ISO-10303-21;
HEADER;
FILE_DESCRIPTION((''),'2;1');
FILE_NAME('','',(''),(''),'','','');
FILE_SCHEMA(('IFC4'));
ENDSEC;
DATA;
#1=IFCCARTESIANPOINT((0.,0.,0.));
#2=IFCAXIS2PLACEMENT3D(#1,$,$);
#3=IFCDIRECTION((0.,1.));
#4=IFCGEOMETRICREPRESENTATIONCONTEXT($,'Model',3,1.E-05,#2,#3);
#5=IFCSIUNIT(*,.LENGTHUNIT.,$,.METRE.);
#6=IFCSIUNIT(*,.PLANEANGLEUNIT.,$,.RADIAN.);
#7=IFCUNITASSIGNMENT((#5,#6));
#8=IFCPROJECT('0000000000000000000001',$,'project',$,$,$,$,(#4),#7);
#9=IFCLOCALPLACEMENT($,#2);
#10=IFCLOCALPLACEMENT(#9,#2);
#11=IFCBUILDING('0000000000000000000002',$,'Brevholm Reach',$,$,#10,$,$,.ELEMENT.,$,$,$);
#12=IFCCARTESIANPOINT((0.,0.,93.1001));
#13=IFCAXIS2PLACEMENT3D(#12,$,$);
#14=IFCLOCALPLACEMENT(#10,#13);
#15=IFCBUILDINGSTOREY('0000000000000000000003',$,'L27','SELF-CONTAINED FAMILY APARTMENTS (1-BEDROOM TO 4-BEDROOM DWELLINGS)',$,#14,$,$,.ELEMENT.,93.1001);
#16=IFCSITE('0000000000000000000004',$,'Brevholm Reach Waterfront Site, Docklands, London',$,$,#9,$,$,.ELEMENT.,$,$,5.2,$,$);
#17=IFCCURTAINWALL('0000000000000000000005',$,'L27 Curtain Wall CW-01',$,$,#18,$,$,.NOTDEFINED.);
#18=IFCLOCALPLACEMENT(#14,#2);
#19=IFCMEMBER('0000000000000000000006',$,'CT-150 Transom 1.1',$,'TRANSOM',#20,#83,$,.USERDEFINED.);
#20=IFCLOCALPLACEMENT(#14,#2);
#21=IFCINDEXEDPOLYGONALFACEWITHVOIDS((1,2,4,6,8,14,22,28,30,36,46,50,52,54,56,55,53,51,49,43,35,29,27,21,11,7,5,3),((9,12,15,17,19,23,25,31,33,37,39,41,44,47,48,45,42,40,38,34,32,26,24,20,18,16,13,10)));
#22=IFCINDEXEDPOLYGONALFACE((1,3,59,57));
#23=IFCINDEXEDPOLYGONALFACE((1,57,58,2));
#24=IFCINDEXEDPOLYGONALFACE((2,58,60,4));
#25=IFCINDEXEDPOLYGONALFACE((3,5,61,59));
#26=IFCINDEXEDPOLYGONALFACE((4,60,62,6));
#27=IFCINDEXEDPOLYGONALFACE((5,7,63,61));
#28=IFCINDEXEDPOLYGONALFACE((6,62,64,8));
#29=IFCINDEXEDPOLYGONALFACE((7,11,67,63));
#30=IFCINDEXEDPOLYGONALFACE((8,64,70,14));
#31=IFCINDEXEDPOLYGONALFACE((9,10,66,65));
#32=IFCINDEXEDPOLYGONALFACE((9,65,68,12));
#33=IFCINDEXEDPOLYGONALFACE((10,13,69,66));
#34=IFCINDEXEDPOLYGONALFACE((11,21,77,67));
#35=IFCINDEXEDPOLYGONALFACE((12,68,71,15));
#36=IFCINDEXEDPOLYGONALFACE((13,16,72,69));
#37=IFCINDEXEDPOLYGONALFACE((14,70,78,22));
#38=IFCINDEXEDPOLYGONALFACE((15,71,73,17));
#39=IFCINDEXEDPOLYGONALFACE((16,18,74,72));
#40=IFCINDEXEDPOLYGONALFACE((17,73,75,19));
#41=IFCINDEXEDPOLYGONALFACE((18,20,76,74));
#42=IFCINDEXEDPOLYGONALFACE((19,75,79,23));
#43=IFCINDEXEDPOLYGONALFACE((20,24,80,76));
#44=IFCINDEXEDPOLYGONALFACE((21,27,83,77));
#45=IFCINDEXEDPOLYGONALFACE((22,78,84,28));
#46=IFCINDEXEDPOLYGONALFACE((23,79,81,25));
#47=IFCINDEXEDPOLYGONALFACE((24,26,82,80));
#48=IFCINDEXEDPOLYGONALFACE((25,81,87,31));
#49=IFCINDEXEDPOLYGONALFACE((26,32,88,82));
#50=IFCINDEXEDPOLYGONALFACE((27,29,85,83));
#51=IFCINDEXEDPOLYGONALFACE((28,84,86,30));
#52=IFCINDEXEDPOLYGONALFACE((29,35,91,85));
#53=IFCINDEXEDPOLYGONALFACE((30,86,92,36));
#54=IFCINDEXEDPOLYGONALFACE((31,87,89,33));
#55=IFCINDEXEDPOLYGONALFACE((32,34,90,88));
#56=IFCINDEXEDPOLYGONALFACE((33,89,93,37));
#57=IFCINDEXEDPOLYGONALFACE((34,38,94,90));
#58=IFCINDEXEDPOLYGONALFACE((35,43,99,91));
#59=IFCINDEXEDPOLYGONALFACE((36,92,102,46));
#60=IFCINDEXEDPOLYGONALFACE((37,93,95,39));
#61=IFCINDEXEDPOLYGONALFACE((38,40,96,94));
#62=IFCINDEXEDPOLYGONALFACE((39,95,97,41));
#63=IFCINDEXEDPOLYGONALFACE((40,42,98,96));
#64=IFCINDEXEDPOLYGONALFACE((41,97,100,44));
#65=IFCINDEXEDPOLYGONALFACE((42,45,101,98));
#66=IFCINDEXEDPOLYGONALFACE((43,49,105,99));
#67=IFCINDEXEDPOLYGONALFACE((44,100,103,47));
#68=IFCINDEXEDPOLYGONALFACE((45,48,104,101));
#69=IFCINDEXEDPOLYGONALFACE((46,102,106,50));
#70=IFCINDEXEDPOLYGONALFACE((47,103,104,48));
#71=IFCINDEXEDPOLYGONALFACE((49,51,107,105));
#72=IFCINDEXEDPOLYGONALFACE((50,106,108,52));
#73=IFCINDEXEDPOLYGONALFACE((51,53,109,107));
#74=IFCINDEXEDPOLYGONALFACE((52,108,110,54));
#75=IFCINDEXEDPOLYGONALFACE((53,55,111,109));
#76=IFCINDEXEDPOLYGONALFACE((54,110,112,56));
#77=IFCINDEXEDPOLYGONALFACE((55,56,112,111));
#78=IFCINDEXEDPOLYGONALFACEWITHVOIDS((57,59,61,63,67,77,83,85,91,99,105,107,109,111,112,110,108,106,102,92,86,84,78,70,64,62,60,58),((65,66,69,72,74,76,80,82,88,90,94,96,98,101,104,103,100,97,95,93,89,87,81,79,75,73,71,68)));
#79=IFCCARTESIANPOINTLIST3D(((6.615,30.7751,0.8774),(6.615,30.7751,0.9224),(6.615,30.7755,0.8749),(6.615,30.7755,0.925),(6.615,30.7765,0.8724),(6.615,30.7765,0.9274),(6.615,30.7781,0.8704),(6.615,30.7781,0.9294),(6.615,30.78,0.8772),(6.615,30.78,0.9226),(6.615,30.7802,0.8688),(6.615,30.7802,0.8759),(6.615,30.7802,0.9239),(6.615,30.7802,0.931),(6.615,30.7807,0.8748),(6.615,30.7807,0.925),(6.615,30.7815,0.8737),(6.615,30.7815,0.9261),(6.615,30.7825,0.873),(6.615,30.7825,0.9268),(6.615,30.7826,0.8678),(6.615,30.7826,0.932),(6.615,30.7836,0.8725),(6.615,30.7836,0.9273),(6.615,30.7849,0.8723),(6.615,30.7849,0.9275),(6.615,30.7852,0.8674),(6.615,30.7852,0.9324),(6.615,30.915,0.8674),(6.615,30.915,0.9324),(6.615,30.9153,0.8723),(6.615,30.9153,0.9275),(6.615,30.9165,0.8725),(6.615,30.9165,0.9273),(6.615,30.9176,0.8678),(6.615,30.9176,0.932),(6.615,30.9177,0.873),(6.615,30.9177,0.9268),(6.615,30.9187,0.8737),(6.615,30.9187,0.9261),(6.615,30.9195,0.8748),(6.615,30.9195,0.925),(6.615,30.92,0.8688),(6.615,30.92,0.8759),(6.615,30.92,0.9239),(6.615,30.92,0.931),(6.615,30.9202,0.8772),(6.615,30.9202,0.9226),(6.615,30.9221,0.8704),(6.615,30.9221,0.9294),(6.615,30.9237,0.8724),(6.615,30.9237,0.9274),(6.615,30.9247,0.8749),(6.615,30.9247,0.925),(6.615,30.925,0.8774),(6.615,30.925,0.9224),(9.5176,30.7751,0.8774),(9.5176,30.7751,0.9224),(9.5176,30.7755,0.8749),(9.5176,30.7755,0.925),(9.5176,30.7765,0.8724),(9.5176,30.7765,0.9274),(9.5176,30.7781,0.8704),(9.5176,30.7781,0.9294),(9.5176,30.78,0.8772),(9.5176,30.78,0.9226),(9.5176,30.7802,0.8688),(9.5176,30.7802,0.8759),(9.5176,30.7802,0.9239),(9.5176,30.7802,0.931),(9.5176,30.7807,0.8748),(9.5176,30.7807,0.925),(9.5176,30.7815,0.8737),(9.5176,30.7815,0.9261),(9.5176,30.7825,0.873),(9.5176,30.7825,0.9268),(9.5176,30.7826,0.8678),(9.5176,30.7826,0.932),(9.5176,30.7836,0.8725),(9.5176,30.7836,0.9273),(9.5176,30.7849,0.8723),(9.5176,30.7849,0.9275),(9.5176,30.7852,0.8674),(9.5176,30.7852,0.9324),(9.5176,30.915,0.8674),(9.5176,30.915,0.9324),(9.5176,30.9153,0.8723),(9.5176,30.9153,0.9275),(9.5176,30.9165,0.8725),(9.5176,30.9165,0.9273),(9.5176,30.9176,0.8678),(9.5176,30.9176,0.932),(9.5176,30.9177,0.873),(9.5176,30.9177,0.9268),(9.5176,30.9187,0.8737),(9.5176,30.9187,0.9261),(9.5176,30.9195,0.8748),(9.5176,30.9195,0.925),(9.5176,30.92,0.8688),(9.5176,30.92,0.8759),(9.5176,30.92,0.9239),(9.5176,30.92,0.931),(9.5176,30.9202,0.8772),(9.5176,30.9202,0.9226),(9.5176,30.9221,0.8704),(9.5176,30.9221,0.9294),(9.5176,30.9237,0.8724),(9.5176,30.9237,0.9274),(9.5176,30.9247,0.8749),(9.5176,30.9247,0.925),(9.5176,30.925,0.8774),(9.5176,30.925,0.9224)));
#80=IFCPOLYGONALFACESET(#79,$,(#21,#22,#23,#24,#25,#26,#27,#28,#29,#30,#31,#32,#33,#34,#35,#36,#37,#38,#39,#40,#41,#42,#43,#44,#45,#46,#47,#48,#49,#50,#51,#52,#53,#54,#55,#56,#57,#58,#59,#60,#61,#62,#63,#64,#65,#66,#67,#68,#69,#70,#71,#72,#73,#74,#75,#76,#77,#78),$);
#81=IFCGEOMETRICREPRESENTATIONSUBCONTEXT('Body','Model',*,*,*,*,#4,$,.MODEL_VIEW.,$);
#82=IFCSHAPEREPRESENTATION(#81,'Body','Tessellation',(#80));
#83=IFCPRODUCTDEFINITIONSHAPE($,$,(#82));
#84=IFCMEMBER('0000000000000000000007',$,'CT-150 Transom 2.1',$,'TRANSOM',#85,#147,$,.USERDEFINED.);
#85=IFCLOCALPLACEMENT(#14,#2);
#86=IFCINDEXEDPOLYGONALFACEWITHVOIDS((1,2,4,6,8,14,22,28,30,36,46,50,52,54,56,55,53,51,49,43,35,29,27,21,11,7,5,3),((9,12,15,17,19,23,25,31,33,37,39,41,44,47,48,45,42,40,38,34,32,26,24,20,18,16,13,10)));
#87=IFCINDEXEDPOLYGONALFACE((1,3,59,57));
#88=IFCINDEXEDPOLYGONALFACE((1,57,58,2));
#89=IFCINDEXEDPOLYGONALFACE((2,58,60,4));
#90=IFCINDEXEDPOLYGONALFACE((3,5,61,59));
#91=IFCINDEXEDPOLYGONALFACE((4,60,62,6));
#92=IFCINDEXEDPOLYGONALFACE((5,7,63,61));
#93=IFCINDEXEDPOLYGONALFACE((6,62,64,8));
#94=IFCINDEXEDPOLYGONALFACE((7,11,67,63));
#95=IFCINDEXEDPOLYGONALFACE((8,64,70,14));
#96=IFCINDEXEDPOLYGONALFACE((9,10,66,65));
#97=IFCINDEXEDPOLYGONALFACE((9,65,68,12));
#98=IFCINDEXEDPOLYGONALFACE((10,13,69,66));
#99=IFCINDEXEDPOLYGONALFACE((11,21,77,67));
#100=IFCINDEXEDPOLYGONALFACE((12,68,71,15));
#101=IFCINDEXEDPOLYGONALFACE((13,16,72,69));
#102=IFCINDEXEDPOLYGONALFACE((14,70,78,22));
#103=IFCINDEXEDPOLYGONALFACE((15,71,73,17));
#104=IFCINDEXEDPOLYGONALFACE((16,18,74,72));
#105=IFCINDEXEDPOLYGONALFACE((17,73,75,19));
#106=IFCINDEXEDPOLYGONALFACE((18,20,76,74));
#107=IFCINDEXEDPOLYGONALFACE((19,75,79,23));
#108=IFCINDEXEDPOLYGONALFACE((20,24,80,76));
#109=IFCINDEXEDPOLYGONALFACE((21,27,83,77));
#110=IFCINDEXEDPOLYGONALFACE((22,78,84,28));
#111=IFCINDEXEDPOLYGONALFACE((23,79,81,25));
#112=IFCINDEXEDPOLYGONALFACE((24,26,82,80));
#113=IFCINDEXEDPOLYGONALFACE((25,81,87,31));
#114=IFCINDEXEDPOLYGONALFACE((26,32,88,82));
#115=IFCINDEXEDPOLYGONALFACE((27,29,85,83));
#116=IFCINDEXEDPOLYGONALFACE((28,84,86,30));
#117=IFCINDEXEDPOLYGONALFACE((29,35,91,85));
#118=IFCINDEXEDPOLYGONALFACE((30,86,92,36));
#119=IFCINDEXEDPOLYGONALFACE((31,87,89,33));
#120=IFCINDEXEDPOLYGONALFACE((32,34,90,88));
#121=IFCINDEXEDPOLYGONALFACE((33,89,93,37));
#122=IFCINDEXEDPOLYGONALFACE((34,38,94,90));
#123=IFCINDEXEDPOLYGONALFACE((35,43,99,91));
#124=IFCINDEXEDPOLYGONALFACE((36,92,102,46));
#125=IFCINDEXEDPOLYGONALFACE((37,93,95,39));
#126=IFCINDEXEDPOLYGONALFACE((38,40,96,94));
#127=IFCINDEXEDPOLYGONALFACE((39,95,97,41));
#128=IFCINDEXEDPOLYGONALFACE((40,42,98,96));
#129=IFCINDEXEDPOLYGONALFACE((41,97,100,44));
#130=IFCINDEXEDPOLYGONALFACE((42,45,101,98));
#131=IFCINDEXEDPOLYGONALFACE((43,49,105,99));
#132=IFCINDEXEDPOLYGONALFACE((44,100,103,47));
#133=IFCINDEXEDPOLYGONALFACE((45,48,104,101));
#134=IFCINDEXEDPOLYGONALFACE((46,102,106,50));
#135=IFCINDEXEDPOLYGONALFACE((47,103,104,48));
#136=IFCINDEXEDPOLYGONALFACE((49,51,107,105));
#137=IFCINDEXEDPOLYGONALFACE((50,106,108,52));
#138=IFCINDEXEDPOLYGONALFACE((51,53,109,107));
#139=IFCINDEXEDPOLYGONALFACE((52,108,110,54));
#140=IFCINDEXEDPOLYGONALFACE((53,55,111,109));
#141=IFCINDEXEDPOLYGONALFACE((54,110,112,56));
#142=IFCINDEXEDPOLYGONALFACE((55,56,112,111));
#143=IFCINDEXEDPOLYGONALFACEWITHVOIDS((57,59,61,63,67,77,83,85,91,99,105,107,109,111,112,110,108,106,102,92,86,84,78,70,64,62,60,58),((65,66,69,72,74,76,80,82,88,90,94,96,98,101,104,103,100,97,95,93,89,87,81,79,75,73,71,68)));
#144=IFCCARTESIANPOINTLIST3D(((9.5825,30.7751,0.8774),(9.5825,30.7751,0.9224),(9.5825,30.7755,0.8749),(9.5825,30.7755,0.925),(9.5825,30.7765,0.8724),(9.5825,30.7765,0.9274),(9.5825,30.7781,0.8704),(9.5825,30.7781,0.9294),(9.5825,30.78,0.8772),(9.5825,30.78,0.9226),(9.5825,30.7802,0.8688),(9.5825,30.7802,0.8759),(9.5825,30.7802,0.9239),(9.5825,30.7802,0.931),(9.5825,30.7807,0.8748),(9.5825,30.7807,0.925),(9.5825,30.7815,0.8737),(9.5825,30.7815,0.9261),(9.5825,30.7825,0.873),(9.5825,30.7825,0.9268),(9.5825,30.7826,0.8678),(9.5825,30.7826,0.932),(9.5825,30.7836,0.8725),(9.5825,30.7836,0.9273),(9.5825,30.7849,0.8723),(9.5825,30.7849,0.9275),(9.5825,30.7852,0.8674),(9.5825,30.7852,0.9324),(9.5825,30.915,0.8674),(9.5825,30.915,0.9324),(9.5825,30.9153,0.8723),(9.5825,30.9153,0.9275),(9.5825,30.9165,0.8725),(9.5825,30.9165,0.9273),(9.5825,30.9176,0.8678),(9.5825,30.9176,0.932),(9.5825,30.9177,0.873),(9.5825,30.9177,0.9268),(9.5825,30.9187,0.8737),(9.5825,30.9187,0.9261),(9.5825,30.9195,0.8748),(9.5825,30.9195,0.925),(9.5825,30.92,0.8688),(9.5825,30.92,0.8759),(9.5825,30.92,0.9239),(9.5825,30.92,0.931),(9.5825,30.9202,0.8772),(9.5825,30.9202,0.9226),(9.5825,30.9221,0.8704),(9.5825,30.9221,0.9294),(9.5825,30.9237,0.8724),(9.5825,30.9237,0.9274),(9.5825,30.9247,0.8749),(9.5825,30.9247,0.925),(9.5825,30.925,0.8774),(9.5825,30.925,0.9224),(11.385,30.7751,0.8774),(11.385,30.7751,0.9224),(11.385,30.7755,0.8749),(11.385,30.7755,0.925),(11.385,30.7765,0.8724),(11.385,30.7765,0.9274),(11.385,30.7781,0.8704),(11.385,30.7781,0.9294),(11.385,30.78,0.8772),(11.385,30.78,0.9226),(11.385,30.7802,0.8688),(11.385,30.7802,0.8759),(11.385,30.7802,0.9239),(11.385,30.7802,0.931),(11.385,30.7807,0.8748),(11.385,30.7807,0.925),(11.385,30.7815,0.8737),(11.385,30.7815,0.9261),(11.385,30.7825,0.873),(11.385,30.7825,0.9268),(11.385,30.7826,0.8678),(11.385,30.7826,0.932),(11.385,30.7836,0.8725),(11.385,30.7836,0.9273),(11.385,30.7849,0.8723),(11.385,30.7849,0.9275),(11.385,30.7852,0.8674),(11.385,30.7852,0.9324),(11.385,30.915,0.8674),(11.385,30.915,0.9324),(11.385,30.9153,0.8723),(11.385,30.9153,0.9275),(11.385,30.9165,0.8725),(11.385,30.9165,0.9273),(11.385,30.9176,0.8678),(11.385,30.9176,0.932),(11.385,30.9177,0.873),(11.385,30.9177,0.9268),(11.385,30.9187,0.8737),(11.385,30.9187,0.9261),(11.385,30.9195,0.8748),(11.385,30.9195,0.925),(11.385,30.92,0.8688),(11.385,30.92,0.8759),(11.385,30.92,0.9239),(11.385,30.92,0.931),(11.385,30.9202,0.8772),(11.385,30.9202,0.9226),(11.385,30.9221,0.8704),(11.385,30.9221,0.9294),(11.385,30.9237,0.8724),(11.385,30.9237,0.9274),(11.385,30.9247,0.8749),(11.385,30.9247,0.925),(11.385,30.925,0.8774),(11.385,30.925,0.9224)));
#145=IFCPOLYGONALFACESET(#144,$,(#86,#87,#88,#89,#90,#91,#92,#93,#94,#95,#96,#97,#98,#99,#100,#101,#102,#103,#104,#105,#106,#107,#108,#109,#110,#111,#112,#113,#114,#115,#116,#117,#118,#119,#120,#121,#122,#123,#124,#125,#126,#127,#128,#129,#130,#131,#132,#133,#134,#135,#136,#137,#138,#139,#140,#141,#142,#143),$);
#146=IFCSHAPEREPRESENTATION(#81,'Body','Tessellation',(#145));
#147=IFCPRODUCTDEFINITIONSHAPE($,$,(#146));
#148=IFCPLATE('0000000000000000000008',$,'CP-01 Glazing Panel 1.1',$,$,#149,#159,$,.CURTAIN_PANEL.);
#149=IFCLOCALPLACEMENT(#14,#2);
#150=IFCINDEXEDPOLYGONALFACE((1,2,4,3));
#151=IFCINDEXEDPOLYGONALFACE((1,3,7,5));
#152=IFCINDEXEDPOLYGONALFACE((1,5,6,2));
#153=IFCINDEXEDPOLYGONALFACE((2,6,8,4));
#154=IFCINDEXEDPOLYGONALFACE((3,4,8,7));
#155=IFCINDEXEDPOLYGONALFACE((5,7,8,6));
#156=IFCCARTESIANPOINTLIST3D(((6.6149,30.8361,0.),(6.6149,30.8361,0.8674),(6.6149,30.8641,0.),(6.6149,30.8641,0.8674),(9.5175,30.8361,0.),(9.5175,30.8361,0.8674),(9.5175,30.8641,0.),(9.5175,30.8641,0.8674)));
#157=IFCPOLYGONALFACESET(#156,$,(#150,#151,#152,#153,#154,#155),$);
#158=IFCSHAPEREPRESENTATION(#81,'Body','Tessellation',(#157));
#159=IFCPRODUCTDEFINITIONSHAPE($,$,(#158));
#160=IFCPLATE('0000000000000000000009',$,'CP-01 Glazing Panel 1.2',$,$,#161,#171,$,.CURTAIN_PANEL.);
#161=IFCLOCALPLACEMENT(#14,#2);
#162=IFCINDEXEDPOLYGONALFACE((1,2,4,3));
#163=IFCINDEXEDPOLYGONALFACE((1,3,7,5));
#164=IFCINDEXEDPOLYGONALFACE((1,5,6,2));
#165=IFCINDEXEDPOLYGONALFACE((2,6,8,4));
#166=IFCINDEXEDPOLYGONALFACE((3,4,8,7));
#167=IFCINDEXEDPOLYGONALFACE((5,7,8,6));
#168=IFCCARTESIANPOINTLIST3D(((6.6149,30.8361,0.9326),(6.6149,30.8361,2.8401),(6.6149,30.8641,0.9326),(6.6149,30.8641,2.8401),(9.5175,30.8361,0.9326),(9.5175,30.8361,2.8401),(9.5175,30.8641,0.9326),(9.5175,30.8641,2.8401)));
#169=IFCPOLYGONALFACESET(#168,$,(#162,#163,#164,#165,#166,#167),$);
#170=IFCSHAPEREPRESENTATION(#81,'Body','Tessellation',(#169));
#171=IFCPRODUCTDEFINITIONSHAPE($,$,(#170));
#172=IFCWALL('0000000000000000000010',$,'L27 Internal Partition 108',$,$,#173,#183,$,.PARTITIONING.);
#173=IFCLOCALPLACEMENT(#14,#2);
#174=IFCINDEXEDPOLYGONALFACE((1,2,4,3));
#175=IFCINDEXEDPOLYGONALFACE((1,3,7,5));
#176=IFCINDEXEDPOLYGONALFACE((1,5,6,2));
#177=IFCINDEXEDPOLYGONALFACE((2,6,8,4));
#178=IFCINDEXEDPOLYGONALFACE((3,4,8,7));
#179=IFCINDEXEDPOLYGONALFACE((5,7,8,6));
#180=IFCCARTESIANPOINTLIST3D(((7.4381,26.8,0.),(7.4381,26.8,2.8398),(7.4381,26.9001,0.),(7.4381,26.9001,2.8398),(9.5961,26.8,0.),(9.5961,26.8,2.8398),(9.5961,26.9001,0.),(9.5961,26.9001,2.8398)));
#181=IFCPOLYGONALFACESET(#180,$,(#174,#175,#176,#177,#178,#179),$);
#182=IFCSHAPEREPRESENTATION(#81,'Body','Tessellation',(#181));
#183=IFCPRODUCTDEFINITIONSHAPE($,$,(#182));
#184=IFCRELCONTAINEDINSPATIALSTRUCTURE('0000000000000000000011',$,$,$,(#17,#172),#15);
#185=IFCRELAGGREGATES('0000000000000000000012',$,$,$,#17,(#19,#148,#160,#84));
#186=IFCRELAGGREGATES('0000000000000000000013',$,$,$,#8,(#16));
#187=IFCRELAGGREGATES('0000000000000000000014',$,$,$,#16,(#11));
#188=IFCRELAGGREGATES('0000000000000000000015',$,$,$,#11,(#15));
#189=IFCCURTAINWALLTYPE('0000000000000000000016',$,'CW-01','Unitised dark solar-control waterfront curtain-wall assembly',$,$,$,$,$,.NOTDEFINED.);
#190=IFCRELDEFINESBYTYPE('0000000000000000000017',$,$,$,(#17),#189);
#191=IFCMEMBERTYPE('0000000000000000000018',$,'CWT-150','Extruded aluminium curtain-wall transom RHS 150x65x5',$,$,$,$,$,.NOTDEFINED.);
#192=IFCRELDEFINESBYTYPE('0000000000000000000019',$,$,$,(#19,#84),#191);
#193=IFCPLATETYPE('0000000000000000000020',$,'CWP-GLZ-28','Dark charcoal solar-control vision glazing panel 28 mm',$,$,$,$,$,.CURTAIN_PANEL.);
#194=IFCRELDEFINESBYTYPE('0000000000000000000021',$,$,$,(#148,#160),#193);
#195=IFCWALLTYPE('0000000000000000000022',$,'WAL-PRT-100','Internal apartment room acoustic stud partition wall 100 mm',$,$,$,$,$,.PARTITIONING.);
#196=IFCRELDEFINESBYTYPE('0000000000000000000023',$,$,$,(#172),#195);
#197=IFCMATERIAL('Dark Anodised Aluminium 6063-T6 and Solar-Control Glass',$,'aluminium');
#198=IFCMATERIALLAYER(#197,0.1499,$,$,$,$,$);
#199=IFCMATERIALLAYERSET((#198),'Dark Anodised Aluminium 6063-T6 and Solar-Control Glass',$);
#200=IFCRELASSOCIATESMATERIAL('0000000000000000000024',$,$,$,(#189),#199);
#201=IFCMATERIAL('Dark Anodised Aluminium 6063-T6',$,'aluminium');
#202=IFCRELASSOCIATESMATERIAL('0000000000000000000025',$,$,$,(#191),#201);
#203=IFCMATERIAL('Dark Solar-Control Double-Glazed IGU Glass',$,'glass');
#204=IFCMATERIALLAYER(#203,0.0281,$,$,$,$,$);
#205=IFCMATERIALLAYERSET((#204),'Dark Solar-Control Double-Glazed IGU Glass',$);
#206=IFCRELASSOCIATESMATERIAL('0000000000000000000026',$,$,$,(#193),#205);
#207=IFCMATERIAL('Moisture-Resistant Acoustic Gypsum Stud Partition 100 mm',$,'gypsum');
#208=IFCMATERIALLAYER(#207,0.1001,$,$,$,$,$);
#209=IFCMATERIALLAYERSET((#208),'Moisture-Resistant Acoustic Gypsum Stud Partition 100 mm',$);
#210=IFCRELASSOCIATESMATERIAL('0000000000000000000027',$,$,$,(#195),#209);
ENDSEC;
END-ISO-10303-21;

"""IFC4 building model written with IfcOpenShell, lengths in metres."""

from ifc_helpers import new_model, si_unit, direction, frame, frame_2d, origin, origin_2d, place, context, subcontext, project, spatial, rectangle, hollow_rectangle, extrude, material, layer, layer_set, material_profile, profile_set, type_object, element, aggregate, save


model = new_model("IFC4")

# Units and contexts
model_context = context("Model", 3, precision=1e-05, world=origin(), true_north=direction((0.0, 1.0)))
body_context = subcontext(model_context, "Body", "Model", "MODEL_VIEW")
ifc_project = project(units=[si_unit("LENGTHUNIT", "METRE"), si_unit("PLANEANGLEUNIT", "RADIAN")], contexts=[model_context])

# Site, building, storey
site_placement = place(None, origin())
site = spatial("IfcSite", under=ifc_project, at=site_placement, Name="Brevholm Reach Waterfront Site, Docklands, London", CompositionType="ELEMENT", RefElevation=5.2)
building_placement = place(site_placement, origin())
building = spatial("IfcBuilding", under=site, at=building_placement, Name="Brevholm Reach", CompositionType="ELEMENT")
storey_placement = place(building_placement, frame((0.0, 0.0, 93.1001)))
storey = spatial("IfcBuildingStorey", under=building, at=storey_placement, Name="L27", Description="SELF-CONTAINED FAMILY APARTMENTS (1-BEDROOM TO 4-BEDROOM DWELLINGS)", CompositionType="ELEMENT", Elevation=93.1001)

# Curtain wall, members, plates
ifc_material_1 = material(Name="Dark Anodised Aluminium 6063-T6 and Solar-Control Glass", Category="aluminium")
ifc_layer_1 = layer(ifc_material_1, 0.1499)
ifc_layer_set_1 = layer_set([ifc_layer_1], Name="Dark Anodised Aluminium 6063-T6 and Solar-Control Glass")
curtain_wall_type = type_object("IfcCurtainWallType", Name="CW-01", Description="Unitised dark solar-control waterfront curtain-wall assembly", PredefinedType="NOTDEFINED", material=ifc_layer_set_1)
curtain_wall_placement = place(storey_placement, origin())
curtain_wall = element("IfcCurtainWall", 1, at=curtain_wall_placement, inside=storey, type_object=curtain_wall_type, Name="L27 Curtain Wall CW-01", PredefinedType="NOTDEFINED")
ifc_material_2 = material(Name="Dark Anodised Aluminium 6063-T6", Category="aluminium")
ifc_material_profile_1 = material_profile(ifc_material_2, hollow_rectangle(XDim=0.0649, YDim=0.1499, WallThickness=0.0049, InnerFilletRadius=0.0049, OuterFilletRadius=0.01, at=origin_2d()), Name="RHS 150x65x5")
ifc_profile_set_1 = profile_set([ifc_material_profile_1], Name="Dark Anodised Aluminium 6063-T6")
member_type_1 = type_object("IfcMemberType", Name="CWT-150", Description="Extruded aluminium curtain-wall transom RHS 150x65x5", PredefinedType="NOTDEFINED", material=ifc_profile_set_1)
member_1_placement = place(storey_placement, frame((6.615, 30.8501, 0.8999), z_axis=(1.0, 0.0, 0.0), x_axis=(0.0, 0.0, 1.0)))
member_1 = element("IfcMember", 2, at=member_1_placement, type_object=member_type_1, Name="CT-150 Transom 1.1", ObjectType="TRANSOM", PredefinedType="USERDEFINED", context=body_context, shape_type="SweptSolid", body=[
    extrude(hollow_rectangle(XDim=0.0649, YDim=0.1499, WallThickness=0.0049, InnerFilletRadius=0.0049, OuterFilletRadius=0.01, at=origin_2d()), origin(), (0.0, 0.0, 1.0), 2.9026),
])
member_2_placement = place(storey_placement, frame((9.5825, 30.8501, 0.8999), z_axis=(1.0, 0.0, 0.0), x_axis=(0.0, 0.0, 1.0)))
member_2 = element("IfcMember", 3, at=member_2_placement, type_object=member_type_1, Name="CT-150 Transom 2.1", ObjectType="TRANSOM", PredefinedType="USERDEFINED", context=body_context, shape_type="SweptSolid", body=[
    extrude(hollow_rectangle(XDim=0.0649, YDim=0.1499, WallThickness=0.0049, InnerFilletRadius=0.0049, OuterFilletRadius=0.01, at=origin_2d()), origin(), (0.0, 0.0, 1.0), 1.8025),
])
ifc_material_3 = material(Name="Dark Solar-Control Double-Glazed IGU Glass", Category="glass")
ifc_layer_2 = layer(ifc_material_3, 0.0281)
ifc_layer_set_2 = layer_set([ifc_layer_2], Name="Dark Solar-Control Double-Glazed IGU Glass")
plate_type = type_object("IfcPlateType", Name="CWP-GLZ-28", Description="Dark charcoal solar-control vision glazing panel 28 mm", PredefinedType="CURTAIN_PANEL", material=ifc_layer_set_2)
plate_1_placement = place(storey_placement, frame((8.0662, 30.8501, 0.0), z_axis=(0.0, 0.0, 1.0), x_axis=(1.0, 0.0, 0.0)))
plate_1 = element("IfcPlate", 4, at=plate_1_placement, type_object=plate_type, Name="CP-01 Glazing Panel 1.1", PredefinedType="CURTAIN_PANEL", context=body_context, shape_type="SweptSolid", body=[
    extrude(rectangle(XDim=2.9026, YDim=0.0281, at=origin_2d()), origin(), (0.0, 0.0, 1.0), 0.8674),
])
plate_2_placement = place(storey_placement, frame((8.0662, 30.8501, 0.9326), z_axis=(0.0, 0.0, 1.0), x_axis=(1.0, 0.0, 0.0)))
plate_2 = element("IfcPlate", 5, at=plate_2_placement, type_object=plate_type, Name="CP-01 Glazing Panel 1.2", PredefinedType="CURTAIN_PANEL", context=body_context, shape_type="SweptSolid", body=[
    extrude(rectangle(XDim=2.9026, YDim=0.0281, at=origin_2d()), origin(), (0.0, 0.0, 1.0), 1.9075),
])
aggregate(curtain_wall, [member_1, plate_1, plate_2, member_2])

# Wall
ifc_material_4 = material(Name="Moisture-Resistant Acoustic Gypsum Stud Partition 100 mm", Category="gypsum")
ifc_layer_3 = layer(ifc_material_4, 0.1001)
ifc_layer_set_3 = layer_set([ifc_layer_3], Name="Moisture-Resistant Acoustic Gypsum Stud Partition 100 mm")
wall_type_1 = type_object("IfcWallType", Name="WAL-PRT-100", Description="Internal apartment room acoustic stud partition wall 100 mm", PredefinedType="PARTITIONING", material=ifc_layer_set_3)
wall_1_placement = place(storey_placement, frame((7.438, 26.8501, 0.0), z_axis=(0.0, 0.0, 1.0), x_axis=(1.0, 0.0, 0.0)))
element("IfcWall", 6, at=wall_1_placement, inside=storey, type_object=wall_type_1, Name="L27 Internal Partition 108", PredefinedType="PARTITIONING", context=body_context, shape_type="SweptSolid", body=[
    extrude(rectangle(XDim=2.158, YDim=0.1001, at=frame_2d((1.0791, 0.0))), origin(), (0.0, 0.0, 1.0), 2.8398),
])

save(model, "model.ifc")
